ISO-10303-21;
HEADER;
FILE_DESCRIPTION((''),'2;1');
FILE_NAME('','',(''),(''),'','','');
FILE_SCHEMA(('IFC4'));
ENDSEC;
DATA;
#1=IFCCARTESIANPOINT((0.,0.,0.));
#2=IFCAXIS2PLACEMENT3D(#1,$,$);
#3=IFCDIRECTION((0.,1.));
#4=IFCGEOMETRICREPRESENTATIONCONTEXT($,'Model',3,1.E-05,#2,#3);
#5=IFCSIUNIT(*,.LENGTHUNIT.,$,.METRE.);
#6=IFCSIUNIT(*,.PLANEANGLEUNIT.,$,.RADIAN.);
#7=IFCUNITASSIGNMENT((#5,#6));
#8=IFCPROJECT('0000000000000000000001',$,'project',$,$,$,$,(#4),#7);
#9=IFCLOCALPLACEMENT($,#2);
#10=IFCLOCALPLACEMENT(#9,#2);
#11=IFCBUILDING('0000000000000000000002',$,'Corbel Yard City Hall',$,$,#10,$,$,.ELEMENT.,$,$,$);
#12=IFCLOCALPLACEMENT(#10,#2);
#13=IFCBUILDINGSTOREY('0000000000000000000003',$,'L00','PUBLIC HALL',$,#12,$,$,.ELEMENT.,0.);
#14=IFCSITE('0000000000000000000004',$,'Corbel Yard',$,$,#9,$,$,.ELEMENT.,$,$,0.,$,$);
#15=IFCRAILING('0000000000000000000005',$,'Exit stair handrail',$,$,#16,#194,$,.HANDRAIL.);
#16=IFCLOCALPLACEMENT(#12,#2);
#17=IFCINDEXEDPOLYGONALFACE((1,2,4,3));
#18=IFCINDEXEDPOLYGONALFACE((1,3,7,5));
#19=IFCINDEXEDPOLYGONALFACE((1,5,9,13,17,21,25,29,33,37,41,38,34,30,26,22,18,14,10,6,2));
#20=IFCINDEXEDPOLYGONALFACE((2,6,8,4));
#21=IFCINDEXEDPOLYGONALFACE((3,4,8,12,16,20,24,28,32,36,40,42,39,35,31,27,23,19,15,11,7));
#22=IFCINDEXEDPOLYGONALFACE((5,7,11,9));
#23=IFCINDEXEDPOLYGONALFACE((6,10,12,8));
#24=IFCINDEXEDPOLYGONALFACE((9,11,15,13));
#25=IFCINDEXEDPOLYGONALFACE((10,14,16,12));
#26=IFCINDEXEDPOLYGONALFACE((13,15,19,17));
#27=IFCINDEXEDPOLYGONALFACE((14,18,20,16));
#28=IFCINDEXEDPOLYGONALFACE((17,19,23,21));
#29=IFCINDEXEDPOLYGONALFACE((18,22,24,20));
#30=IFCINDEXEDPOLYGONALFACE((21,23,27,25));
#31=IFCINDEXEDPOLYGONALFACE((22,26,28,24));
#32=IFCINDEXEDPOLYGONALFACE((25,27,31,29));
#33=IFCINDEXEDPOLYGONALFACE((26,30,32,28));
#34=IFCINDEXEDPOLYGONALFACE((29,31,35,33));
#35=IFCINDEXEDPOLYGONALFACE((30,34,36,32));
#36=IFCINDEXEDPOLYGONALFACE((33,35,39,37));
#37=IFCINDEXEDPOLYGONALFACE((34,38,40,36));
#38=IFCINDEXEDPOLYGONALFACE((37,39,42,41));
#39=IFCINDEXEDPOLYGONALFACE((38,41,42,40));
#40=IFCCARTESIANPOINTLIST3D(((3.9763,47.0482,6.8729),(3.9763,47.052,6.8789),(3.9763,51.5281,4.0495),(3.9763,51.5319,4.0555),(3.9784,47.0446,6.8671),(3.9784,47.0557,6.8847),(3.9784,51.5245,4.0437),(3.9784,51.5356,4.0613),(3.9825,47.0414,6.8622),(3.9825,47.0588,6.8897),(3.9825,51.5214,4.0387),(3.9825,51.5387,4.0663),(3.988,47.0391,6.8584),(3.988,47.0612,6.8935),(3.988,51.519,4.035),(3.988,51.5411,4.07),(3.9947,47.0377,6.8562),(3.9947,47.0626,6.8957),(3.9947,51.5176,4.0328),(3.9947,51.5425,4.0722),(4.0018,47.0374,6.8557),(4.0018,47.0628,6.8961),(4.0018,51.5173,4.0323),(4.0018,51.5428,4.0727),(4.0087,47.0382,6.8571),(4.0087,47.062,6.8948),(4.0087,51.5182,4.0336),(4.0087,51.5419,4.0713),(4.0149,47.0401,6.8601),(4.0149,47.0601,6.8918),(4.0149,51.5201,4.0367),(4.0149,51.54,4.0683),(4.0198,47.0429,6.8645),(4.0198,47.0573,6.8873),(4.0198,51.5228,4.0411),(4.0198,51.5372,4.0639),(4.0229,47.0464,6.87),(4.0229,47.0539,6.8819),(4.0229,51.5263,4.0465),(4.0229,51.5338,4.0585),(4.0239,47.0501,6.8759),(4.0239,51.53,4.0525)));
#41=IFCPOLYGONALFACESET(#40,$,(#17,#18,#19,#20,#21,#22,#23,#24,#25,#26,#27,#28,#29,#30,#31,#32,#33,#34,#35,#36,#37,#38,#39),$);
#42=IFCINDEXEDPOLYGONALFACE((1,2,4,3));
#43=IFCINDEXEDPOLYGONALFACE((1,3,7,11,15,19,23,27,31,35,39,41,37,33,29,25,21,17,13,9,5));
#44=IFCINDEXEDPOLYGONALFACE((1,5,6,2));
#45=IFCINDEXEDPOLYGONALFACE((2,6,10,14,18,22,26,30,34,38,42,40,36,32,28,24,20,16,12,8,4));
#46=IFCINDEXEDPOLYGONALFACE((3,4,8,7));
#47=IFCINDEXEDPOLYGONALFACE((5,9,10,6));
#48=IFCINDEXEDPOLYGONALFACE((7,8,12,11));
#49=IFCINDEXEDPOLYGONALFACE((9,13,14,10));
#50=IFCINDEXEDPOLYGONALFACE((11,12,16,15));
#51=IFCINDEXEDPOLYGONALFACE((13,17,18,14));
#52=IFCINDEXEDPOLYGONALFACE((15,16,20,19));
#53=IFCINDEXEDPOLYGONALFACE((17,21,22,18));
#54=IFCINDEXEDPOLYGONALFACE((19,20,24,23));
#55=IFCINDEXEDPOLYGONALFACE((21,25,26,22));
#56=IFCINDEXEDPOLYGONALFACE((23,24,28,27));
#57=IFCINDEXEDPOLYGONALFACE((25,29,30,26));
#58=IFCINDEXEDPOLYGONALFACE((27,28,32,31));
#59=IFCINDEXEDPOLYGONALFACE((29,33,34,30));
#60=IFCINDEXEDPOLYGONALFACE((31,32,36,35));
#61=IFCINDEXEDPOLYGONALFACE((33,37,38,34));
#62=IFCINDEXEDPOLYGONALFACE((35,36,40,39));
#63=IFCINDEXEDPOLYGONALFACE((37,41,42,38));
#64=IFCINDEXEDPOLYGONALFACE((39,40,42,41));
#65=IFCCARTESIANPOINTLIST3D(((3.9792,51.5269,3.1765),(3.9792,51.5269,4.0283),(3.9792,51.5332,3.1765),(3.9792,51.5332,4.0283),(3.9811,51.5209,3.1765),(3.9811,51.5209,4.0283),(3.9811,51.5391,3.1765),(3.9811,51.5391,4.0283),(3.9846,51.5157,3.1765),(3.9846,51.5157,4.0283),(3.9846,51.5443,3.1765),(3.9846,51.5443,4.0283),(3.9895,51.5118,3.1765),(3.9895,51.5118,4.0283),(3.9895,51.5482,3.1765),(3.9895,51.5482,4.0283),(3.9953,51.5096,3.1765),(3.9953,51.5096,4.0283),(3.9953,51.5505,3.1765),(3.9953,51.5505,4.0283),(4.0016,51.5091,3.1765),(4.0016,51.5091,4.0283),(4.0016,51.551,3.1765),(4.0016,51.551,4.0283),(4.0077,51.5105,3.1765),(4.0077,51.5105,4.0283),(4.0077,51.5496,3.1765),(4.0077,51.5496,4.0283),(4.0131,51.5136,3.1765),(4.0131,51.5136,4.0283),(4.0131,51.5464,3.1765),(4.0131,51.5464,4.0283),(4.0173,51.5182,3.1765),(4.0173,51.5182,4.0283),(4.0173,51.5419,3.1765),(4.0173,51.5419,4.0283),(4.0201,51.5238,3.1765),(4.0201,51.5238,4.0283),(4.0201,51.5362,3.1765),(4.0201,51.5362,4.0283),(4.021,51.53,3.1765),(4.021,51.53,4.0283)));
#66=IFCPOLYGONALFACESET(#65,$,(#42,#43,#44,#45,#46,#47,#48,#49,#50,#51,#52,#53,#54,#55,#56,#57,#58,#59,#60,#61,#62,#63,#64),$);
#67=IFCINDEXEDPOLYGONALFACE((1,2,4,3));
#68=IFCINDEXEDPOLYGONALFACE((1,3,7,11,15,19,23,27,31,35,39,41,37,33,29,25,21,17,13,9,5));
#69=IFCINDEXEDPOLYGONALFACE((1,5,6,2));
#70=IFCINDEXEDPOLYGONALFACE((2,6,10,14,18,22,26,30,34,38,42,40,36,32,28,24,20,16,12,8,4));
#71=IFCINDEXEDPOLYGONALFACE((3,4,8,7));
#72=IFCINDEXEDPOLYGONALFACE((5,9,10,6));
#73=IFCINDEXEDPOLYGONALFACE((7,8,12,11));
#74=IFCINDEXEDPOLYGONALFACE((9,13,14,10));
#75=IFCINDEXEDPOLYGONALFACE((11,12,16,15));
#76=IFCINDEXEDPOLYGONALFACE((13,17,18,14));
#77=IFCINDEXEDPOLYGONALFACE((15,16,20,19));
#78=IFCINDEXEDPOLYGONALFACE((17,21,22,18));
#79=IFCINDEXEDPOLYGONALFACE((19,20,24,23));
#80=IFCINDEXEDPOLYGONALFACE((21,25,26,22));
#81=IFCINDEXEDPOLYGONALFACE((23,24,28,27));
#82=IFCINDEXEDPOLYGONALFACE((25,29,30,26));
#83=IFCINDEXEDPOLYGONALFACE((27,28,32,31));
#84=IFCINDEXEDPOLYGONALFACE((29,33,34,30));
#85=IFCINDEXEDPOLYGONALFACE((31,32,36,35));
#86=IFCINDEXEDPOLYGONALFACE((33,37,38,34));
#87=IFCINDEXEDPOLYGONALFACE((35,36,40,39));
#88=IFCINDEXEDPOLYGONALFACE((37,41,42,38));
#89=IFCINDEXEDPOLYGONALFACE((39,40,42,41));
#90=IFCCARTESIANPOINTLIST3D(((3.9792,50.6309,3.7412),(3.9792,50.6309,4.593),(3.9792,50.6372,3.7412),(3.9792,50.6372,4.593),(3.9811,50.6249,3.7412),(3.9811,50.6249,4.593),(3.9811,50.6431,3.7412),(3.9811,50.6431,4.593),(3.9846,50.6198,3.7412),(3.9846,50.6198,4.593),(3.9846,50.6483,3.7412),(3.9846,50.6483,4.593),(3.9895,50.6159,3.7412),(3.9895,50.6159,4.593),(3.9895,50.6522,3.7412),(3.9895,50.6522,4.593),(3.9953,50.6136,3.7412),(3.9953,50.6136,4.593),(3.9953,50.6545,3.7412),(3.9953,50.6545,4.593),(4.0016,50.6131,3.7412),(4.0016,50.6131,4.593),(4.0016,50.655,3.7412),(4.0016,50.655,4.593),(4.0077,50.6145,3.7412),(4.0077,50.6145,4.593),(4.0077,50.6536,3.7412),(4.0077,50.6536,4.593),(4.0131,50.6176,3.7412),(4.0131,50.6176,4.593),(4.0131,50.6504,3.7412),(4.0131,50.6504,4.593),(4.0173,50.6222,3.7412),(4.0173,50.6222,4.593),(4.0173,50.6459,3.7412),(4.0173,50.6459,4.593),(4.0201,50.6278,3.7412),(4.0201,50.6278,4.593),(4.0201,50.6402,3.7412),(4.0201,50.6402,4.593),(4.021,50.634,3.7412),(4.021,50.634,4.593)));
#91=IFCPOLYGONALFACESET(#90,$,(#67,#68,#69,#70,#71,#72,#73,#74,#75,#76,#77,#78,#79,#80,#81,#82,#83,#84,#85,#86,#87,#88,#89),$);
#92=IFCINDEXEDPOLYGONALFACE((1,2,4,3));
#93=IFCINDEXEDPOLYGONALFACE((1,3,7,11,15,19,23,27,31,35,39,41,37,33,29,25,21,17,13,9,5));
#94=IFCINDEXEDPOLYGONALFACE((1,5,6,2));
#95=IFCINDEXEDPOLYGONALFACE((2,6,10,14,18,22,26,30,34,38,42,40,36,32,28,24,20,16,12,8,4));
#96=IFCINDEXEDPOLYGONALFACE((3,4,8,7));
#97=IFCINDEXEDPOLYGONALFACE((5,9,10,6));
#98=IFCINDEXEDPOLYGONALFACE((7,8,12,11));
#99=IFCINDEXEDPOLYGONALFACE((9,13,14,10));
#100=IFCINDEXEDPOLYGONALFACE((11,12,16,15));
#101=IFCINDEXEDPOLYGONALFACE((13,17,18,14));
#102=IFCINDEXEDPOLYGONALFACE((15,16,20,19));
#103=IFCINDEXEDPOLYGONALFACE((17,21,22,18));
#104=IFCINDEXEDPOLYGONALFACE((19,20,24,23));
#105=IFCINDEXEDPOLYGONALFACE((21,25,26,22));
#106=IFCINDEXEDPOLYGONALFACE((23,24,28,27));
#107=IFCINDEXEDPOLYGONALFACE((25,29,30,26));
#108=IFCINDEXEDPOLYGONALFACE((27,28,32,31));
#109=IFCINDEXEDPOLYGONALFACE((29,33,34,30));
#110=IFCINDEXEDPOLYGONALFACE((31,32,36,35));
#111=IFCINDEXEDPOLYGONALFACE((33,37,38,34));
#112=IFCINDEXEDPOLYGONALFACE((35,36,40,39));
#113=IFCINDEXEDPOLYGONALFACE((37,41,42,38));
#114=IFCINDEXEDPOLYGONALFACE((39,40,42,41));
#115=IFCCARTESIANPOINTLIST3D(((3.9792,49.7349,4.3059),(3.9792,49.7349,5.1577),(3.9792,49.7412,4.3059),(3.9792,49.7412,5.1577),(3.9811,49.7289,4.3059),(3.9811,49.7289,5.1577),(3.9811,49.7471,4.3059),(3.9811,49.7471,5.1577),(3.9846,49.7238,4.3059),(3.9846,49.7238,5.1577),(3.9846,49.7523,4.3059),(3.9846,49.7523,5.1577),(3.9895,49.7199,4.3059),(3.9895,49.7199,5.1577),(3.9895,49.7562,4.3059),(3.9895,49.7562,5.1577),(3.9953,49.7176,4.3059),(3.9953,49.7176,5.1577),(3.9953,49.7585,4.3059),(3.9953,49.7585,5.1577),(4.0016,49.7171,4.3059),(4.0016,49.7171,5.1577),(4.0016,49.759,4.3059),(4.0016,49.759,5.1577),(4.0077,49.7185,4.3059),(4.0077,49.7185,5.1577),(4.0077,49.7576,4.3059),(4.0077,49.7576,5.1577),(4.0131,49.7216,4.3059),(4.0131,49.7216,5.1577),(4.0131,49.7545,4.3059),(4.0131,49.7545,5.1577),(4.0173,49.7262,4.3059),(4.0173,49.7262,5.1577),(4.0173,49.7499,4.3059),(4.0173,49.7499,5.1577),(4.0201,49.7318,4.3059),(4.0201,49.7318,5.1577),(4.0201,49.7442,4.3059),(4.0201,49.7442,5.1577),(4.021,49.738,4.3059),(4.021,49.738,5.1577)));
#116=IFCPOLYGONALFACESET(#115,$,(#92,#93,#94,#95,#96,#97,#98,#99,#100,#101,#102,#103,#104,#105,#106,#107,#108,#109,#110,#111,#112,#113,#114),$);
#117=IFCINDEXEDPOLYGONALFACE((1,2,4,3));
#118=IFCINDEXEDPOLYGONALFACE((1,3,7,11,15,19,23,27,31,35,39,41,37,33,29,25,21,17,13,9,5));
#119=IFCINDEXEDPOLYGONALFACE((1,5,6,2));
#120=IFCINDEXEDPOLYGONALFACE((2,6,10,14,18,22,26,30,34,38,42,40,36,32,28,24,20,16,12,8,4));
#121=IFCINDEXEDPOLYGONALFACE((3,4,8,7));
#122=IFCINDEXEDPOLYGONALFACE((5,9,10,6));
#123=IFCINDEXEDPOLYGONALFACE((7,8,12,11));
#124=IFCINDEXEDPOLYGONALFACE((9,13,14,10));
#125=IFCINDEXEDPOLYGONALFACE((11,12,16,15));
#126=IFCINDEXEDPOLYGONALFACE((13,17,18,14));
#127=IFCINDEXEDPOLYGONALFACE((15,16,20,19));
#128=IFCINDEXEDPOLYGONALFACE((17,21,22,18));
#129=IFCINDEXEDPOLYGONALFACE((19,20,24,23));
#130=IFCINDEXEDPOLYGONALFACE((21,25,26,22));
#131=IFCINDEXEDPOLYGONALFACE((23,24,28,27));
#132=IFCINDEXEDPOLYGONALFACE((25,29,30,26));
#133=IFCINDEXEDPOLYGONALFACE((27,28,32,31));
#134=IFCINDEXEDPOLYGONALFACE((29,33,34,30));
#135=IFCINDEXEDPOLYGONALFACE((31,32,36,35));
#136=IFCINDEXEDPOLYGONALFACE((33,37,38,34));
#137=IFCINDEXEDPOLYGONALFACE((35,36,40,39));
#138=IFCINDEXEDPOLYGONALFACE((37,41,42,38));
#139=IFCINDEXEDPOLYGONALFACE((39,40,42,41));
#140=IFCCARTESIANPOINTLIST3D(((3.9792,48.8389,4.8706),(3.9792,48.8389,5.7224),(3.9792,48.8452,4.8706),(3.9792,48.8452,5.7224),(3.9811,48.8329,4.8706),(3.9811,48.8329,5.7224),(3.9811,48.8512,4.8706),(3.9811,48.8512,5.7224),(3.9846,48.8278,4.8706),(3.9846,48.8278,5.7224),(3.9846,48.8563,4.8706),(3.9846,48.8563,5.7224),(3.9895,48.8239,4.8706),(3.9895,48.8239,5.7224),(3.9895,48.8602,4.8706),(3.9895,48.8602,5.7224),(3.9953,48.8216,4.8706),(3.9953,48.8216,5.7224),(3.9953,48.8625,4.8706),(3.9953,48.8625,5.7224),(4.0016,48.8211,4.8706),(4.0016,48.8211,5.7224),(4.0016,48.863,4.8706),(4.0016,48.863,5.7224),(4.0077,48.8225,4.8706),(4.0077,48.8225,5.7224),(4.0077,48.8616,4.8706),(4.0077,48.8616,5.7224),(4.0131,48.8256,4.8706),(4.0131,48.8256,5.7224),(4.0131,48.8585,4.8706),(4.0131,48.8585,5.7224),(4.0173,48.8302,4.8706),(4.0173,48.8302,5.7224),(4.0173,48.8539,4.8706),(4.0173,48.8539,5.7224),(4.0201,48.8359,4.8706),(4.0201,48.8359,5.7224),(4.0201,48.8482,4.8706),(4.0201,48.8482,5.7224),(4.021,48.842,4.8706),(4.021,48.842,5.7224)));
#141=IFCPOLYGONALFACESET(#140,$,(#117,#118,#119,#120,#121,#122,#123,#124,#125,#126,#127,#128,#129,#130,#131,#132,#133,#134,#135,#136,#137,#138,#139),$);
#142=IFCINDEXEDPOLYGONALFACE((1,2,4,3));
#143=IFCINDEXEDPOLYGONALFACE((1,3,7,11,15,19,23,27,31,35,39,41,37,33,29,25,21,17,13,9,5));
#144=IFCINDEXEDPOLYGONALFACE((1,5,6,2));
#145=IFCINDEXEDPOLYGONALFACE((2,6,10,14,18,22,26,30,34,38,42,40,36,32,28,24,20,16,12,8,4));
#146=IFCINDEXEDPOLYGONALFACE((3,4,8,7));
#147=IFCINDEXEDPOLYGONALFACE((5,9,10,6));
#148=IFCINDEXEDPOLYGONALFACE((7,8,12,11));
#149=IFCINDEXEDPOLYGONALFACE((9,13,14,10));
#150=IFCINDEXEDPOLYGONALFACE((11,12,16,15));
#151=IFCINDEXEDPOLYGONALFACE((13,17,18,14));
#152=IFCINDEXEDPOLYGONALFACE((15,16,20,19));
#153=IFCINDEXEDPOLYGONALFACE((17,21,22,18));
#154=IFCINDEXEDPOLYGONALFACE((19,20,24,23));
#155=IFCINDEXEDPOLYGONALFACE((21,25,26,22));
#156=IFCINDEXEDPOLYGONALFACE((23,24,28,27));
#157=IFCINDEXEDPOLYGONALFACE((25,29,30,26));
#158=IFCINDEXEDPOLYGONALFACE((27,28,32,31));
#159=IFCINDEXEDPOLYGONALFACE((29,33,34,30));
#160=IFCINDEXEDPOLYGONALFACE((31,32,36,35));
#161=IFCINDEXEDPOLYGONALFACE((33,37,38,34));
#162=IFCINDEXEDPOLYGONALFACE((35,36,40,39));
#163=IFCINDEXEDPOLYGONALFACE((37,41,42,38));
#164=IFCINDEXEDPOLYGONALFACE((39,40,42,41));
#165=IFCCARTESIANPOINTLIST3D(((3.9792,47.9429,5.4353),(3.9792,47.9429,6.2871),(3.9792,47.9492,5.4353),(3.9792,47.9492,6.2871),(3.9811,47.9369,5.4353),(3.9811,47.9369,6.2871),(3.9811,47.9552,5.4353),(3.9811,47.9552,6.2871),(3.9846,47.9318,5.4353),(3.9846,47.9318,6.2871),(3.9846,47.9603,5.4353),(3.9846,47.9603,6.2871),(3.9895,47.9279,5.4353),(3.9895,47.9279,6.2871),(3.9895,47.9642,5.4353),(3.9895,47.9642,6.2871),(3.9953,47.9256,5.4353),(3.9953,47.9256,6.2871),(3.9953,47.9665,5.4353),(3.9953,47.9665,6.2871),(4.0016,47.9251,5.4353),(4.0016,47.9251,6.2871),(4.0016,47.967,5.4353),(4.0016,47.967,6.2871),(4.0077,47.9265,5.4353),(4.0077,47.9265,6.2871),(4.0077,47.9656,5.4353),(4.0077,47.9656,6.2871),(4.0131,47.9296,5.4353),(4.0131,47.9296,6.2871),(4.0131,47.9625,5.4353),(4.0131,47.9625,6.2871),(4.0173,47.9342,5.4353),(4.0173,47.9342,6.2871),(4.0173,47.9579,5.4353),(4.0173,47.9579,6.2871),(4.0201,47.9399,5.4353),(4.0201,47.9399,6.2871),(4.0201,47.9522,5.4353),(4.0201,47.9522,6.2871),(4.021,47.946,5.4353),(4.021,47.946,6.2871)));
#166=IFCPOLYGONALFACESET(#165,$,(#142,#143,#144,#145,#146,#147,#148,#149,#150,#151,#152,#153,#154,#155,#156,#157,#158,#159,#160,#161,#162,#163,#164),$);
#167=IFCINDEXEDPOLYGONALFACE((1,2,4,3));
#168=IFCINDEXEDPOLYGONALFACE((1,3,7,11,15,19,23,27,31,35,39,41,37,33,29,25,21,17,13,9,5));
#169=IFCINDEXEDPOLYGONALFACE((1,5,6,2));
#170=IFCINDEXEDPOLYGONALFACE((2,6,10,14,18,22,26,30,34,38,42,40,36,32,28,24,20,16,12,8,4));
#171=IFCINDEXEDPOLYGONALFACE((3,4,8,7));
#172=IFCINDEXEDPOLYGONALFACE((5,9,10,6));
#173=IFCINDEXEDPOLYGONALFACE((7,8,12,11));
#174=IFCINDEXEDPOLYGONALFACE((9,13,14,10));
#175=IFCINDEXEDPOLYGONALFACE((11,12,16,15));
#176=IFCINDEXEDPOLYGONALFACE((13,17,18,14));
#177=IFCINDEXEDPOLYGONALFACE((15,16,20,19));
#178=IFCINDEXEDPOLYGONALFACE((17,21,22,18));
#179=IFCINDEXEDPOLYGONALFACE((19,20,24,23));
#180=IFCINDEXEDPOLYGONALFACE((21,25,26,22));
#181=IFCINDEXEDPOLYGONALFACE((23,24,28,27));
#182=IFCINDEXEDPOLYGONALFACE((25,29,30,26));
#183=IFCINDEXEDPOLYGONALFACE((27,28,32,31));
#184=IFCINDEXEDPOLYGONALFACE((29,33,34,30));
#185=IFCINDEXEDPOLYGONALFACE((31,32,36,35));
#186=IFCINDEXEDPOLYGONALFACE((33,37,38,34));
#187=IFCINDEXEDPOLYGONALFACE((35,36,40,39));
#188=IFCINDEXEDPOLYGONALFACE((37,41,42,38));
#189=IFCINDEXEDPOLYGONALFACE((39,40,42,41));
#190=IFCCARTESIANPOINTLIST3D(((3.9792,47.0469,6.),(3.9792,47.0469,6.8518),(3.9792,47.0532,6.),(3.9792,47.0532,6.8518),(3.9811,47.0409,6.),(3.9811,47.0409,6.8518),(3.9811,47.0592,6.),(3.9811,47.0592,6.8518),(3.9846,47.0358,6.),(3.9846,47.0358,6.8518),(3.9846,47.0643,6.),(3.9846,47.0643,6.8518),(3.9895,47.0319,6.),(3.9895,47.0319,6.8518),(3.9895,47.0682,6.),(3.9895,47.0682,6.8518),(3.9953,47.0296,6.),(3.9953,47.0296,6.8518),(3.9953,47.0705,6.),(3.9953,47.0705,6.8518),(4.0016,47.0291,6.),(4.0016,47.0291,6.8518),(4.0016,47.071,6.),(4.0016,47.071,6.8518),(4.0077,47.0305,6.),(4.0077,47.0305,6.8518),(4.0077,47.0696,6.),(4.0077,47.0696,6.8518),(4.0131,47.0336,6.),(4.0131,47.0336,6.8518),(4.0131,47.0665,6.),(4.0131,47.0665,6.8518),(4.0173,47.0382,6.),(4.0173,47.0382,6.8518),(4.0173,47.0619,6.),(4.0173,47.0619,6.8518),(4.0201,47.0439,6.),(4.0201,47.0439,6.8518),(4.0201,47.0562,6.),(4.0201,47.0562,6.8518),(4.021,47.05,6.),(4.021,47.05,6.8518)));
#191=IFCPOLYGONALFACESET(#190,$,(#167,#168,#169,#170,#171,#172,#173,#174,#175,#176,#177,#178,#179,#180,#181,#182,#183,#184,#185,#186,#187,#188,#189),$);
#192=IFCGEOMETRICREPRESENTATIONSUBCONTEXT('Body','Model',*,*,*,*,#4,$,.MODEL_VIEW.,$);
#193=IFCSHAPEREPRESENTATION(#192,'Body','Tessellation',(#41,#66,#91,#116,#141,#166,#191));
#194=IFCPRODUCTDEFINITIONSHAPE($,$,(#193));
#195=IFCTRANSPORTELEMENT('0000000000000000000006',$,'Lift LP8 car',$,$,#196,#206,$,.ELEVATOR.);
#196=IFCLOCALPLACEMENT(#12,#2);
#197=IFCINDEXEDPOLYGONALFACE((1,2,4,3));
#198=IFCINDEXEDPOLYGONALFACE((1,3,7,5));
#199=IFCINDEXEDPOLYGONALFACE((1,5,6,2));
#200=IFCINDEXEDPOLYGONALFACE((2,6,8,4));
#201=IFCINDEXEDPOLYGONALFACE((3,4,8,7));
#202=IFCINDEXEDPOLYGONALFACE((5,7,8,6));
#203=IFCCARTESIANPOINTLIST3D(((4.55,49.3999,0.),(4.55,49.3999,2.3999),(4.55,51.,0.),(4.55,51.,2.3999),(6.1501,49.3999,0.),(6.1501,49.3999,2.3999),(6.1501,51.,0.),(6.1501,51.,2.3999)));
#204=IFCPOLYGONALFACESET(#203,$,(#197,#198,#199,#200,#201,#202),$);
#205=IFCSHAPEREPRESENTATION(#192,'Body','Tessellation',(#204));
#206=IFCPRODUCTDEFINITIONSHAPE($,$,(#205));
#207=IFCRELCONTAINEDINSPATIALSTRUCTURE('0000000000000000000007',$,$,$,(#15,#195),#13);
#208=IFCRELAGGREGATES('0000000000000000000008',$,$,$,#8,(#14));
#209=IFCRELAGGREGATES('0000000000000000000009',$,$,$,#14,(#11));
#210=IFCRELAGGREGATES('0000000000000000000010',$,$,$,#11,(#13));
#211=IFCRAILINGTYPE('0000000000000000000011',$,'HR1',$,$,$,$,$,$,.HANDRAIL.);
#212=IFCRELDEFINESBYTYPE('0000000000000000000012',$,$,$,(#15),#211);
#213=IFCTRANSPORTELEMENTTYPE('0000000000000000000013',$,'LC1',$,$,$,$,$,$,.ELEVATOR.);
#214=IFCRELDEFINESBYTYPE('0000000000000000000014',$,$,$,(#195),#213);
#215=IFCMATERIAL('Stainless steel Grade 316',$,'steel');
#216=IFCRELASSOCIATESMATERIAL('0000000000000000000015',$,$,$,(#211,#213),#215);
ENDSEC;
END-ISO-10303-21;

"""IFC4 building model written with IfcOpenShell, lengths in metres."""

from ifc_helpers import new_model, si_unit, direction, frame, origin, origin_2d, place, context, subcontext, project, spatial, rectangle, circle, extrude, material, type_object, element, save


model = new_model("IFC4")

# Units and contexts
model_context = context("Model", 3, precision=1e-05, world=origin(), true_north=direction((0.0, 1.0)))
body_context = subcontext(model_context, "Body", "Model", "MODEL_VIEW")
ifc_project = project(units=[si_unit("LENGTHUNIT", "METRE"), si_unit("PLANEANGLEUNIT", "RADIAN")], contexts=[model_context])

# Site, building, storey
site_placement = place(None, origin())
site = spatial("IfcSite", under=ifc_project, at=site_placement, Name="Corbel Yard", CompositionType="ELEMENT", RefElevation=0.0)
building_placement = place(site_placement, origin())
building = spatial("IfcBuilding", under=site, at=building_placement, Name="Corbel Yard City Hall", CompositionType="ELEMENT")
storey_placement = place(building_placement, origin())
storey = spatial("IfcBuildingStorey", under=building, at=storey_placement, Name="L00", Description="PUBLIC HALL", CompositionType="ELEMENT", Elevation=0.0)

# Shared definitions
ifc_material_1 = material(Name="Stainless steel Grade 316", Category="steel")

# Railing
railing_type = type_object("IfcRailingType", Name="HR1", PredefinedType="HANDRAIL", material=ifc_material_1)
for number, where, name in (
    (1, (4.0, 51.53, 3.1765), "Exit stair handrail"),
):
    element("IfcRailing", number, at=place(storey_placement, frame(where)), inside=storey, type_object=railing_type, Name=name, PredefinedType="HANDRAIL", context=body_context, shape_type="SweptSolid", body=[
        extrude(circle(Radius=0.0239, at=origin_2d()), frame((0.0, 0.0, 0.876), z_axis=(0.0, -0.845998, 0.533186), x_axis=(1.0, 0.0, 0.0)), (0.0, 0.0, 1.0), 5.2954),
        extrude(circle(Radius=0.021, at=origin_2d()), origin(), (0.0, 0.0, 1.0), 0.8518),
        extrude(circle(Radius=0.021, at=origin_2d()), frame((0.0, -0.896, 0.5647)), (0.0, 0.0, 1.0), 0.8518),
        extrude(circle(Radius=0.021, at=origin_2d()), frame((0.0, -1.792, 1.1294)), (0.0, 0.0, 1.0), 0.8518),
        extrude(circle(Radius=0.021, at=origin_2d()), frame((0.0, -2.688, 1.6941)), (0.0, 0.0, 1.0), 0.8518),
        extrude(circle(Radius=0.021, at=origin_2d()), frame((0.0, -3.584, 2.2588)), (0.0, 0.0, 1.0), 0.8518),
        extrude(circle(Radius=0.021, at=origin_2d()), frame((0.0, -4.48, 2.8235)), (0.0, 0.0, 1.0), 0.8518),
    ])

# Transport element
transport_element_type = type_object("IfcTransportElementType", Name="LC1", PredefinedType="ELEVATOR", material=ifc_material_1)
transport_element_placement = place(storey_placement, frame((5.3501, 50.2, 0.0), z_axis=(0.0, 0.0, 1.0), x_axis=(1.0, 0.0, 0.0)))
element("IfcTransportElement", 2, at=transport_element_placement, inside=storey, type_object=transport_element_type, Name="Lift LP8 car", PredefinedType="ELEVATOR", context=body_context, shape_type="SweptSolid", body=[
    extrude(rectangle(XDim=1.6001, YDim=1.6001, at=origin_2d()), origin(), (0.0, 0.0, 1.0), 2.3999),
])

save(model, "model.ifc")
